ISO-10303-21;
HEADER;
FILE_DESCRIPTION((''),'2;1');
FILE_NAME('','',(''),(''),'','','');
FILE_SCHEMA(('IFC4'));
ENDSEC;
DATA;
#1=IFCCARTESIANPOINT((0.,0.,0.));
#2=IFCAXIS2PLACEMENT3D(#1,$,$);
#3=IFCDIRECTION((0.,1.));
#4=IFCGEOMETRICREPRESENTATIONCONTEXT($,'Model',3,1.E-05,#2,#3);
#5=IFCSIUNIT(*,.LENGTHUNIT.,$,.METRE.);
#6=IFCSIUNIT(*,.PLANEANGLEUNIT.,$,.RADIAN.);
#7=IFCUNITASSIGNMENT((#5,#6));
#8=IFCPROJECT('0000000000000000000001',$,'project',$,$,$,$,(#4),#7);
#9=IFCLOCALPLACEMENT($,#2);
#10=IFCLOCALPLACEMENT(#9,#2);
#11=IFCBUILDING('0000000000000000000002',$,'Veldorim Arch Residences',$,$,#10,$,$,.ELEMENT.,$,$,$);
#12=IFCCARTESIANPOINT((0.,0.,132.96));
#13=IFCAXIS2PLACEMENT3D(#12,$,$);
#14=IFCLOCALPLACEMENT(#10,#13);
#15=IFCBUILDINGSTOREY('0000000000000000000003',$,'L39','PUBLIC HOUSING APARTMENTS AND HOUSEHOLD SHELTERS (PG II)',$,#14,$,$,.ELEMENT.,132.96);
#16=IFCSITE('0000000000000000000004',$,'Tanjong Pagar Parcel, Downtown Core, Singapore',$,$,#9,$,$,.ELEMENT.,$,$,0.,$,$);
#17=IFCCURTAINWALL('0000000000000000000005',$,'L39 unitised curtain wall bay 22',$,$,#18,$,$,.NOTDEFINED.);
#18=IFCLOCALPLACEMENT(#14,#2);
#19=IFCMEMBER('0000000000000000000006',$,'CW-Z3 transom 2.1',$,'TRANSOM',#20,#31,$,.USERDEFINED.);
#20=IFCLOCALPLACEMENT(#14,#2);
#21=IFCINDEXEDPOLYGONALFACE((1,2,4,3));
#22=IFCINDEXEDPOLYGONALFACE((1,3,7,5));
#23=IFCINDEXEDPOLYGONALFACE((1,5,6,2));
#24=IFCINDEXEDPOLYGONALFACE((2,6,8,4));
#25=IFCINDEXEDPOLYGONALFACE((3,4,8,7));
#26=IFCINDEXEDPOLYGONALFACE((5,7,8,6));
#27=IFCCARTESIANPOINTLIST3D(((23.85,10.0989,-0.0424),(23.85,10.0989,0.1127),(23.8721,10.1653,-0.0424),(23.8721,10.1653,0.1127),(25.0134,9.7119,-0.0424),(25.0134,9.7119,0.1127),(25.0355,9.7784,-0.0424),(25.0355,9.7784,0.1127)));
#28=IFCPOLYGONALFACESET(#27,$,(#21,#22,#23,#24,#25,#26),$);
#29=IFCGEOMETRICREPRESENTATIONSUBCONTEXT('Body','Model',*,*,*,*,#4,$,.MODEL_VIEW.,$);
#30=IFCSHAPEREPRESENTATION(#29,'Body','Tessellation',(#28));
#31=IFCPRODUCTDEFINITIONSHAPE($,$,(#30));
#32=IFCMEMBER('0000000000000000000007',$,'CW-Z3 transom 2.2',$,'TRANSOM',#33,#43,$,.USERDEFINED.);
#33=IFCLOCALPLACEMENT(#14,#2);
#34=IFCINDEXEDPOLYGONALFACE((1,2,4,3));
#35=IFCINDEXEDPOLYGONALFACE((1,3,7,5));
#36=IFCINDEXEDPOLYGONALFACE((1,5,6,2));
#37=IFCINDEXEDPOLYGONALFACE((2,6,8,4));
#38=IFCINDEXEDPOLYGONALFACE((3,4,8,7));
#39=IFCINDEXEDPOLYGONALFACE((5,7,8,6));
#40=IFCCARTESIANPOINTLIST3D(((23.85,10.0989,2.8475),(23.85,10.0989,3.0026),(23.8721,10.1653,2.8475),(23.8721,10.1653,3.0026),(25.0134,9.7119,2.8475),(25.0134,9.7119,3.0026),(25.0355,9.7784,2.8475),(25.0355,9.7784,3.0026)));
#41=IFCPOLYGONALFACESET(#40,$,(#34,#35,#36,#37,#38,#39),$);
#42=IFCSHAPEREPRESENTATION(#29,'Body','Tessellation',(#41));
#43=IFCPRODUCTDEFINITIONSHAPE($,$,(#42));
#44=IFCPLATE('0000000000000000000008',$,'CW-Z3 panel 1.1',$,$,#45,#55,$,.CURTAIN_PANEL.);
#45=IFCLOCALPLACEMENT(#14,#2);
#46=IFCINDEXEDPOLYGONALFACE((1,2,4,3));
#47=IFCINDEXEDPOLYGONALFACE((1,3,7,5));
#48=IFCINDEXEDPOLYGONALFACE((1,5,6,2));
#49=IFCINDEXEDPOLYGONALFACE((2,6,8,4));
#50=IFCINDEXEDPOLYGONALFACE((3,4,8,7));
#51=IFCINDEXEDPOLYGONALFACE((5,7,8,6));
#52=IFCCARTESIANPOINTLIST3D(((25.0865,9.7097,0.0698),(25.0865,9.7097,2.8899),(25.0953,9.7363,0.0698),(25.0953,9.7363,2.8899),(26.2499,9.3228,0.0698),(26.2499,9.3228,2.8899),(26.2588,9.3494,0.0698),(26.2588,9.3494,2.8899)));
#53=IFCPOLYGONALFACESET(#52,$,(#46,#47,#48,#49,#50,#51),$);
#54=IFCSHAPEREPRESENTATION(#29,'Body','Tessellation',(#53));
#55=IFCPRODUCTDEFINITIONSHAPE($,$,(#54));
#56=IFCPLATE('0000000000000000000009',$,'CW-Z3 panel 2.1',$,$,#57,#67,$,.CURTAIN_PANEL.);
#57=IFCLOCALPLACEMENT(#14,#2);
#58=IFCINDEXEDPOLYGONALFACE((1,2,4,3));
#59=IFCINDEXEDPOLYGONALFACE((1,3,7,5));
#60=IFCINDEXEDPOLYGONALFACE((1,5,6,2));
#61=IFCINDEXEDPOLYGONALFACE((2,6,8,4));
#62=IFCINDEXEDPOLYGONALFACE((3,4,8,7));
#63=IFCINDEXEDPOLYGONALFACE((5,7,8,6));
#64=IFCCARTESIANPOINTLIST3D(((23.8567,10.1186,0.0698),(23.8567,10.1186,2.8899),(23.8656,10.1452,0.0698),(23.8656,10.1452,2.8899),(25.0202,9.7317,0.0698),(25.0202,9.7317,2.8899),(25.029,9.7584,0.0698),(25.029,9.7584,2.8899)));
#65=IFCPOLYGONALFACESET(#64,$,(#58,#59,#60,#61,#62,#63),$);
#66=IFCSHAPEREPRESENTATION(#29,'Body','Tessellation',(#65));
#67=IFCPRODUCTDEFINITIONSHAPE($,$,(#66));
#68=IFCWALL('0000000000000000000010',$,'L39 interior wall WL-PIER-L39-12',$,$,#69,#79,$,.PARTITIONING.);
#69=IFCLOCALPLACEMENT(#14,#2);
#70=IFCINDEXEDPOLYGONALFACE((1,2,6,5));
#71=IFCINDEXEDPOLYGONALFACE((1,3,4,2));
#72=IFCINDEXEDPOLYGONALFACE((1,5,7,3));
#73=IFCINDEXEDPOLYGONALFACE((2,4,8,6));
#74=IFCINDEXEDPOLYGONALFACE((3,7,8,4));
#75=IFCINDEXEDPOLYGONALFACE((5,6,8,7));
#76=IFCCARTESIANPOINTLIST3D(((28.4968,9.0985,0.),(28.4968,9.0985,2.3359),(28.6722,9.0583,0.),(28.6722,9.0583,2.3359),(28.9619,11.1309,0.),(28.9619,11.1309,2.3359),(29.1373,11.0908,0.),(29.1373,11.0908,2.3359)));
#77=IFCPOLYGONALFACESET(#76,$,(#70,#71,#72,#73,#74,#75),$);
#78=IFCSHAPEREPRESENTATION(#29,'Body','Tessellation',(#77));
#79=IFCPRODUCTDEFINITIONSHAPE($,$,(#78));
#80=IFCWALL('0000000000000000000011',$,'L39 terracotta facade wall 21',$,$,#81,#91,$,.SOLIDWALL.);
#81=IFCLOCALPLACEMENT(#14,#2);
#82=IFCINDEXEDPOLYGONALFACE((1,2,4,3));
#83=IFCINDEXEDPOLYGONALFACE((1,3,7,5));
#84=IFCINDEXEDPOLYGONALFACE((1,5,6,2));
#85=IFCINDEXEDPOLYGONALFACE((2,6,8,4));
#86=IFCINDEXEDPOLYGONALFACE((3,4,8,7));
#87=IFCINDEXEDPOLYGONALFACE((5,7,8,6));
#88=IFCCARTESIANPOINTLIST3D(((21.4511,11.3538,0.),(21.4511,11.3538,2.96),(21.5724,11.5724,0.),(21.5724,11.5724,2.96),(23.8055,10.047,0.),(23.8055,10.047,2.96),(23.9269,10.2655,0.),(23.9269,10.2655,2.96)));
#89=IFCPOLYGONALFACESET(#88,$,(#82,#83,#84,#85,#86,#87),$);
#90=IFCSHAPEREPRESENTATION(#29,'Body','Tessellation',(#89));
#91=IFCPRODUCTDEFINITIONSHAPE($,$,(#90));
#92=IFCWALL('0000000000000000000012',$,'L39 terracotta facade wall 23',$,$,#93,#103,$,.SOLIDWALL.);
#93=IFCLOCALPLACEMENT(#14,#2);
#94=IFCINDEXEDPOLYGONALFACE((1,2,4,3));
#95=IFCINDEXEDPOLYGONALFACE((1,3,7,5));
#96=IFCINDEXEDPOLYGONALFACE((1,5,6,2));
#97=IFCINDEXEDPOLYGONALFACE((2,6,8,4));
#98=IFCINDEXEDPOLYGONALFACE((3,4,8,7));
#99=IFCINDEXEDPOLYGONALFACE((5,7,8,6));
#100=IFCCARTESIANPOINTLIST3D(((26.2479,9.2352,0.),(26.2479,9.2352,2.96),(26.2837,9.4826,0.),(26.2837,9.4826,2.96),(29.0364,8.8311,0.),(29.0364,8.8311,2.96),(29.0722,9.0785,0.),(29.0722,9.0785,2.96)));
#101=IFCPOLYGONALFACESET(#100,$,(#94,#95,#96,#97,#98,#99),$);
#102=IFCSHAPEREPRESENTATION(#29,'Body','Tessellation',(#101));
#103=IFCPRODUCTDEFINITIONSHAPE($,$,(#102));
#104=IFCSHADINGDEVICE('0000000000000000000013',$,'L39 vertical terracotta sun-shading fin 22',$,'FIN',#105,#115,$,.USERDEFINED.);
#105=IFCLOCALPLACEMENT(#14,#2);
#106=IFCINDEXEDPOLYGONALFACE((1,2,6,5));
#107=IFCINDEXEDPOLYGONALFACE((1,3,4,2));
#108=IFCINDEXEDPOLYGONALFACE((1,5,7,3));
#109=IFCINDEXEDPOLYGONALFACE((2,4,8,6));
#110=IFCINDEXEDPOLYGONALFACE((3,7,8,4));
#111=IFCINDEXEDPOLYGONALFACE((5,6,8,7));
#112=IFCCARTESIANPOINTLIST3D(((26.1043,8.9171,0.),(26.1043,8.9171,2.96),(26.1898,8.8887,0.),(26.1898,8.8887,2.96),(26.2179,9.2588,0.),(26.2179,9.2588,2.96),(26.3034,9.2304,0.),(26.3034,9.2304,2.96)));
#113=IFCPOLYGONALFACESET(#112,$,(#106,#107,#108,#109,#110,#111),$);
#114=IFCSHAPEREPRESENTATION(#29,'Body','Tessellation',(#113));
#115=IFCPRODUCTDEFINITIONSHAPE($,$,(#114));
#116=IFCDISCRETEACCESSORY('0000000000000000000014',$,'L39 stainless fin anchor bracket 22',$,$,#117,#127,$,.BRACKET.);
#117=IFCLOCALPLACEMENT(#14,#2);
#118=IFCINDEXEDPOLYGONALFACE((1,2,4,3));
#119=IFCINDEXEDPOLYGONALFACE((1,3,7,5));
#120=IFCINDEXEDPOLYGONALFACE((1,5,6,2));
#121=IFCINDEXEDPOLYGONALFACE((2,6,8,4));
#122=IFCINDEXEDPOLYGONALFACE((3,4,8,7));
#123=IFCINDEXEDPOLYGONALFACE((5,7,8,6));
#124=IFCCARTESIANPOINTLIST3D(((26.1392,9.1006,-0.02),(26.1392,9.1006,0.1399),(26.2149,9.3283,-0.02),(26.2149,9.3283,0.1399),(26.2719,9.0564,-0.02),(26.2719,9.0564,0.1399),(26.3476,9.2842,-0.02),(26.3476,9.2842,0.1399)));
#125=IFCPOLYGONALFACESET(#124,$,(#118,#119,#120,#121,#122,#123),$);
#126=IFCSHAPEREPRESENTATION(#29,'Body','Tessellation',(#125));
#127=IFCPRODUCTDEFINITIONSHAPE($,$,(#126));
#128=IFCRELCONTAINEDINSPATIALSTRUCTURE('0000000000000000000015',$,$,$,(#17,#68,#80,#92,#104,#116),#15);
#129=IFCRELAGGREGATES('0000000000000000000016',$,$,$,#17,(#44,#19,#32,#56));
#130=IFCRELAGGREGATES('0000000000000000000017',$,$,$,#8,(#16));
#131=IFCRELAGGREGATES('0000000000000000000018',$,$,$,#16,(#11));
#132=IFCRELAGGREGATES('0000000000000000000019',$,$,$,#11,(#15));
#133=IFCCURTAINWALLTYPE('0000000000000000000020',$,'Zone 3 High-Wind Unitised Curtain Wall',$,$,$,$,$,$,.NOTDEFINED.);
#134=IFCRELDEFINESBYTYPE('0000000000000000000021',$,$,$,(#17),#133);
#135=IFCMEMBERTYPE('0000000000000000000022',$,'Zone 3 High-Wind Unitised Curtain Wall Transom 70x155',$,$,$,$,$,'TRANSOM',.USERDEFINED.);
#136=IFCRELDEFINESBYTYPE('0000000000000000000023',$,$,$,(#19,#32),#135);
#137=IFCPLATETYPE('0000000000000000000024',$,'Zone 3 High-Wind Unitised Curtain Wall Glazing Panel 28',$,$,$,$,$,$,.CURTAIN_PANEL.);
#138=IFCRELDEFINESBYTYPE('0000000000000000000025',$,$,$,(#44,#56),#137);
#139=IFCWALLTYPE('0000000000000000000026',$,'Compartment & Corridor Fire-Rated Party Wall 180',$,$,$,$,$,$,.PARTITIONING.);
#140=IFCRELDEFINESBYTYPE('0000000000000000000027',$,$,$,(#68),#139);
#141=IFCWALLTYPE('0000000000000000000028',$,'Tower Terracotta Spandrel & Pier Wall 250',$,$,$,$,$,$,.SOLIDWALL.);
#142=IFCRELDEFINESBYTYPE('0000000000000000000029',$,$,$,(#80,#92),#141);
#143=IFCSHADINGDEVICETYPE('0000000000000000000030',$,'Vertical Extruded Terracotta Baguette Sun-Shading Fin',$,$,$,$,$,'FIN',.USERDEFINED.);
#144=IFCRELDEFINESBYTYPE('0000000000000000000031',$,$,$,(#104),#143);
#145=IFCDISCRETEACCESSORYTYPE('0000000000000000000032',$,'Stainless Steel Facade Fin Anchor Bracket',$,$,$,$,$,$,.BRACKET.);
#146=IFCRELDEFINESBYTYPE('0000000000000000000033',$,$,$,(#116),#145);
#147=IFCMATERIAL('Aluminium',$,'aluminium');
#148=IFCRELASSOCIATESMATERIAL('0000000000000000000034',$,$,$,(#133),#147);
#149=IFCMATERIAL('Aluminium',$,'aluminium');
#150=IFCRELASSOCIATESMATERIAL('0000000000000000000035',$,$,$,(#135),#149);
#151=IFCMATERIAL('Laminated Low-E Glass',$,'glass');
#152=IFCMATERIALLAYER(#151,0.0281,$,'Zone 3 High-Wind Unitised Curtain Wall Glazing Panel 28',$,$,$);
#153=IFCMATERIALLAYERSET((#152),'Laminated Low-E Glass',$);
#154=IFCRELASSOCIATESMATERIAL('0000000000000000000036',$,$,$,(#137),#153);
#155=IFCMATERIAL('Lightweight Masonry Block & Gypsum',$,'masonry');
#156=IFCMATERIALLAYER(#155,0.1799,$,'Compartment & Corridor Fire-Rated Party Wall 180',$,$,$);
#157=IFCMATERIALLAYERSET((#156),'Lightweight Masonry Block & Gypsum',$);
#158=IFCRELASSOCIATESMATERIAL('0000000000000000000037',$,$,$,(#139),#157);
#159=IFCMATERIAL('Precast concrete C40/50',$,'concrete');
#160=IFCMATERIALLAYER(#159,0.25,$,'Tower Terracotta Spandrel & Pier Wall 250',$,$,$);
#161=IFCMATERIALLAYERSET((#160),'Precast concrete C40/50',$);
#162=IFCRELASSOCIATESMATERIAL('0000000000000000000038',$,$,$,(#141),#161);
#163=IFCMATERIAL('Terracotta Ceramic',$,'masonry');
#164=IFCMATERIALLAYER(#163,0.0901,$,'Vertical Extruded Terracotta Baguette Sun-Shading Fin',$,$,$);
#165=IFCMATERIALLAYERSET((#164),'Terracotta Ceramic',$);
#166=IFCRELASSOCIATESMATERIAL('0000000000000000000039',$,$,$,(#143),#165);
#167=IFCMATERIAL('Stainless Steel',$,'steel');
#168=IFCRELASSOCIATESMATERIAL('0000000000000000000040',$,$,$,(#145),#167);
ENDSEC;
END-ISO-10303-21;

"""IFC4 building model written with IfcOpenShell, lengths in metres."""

from ifc_helpers import new_model, si_unit, direction, frame, frame_2d, origin, origin_2d, place, context, subcontext, project, spatial, rectangle, extrude, material, layer, layer_set, material_profile, profile_set, type_object, element, aggregate, save


model = new_model("IFC4")

# Units and contexts
model_context = context("Model", 3, precision=1e-05, world=origin(), true_north=direction((0.0, 1.0)))
body_context = subcontext(model_context, "Body", "Model", "MODEL_VIEW")
ifc_project = project(units=[si_unit("LENGTHUNIT", "METRE"), si_unit("PLANEANGLEUNIT", "RADIAN")], contexts=[model_context])

# Site, building, storey
site_placement = place(None, origin())
site = spatial("IfcSite", under=ifc_project, at=site_placement, Name="Tanjong Pagar Parcel, Downtown Core, Singapore", CompositionType="ELEMENT", RefElevation=0.0)
building_placement = place(site_placement, origin())
building = spatial("IfcBuilding", under=site, at=building_placement, Name="Veldorim Arch Residences", CompositionType="ELEMENT")
storey_placement = place(building_placement, frame((0.0, 0.0, 132.96)))
storey = spatial("IfcBuildingStorey", under=building, at=storey_placement, Name="L39", Description="PUBLIC HOUSING APARTMENTS AND HOUSEHOLD SHELTERS (PG II)", CompositionType="ELEMENT", Elevation=132.96)

# Curtain wall, members, plates
ifc_material_1 = material(Name="Aluminium", Category="aluminium")
curtain_wall_type = type_object("IfcCurtainWallType", Name="Zone 3 High-Wind Unitised Curtain Wall", PredefinedType="NOTDEFINED", material=ifc_material_1)
curtain_wall_placement = place(storey_placement, origin())
curtain_wall = element("IfcCurtainWall", 1, at=curtain_wall_placement, inside=storey, type_object=curtain_wall_type, Name="L39 unitised curtain wall bay 22", PredefinedType="NOTDEFINED")
ifc_material_2 = material(Name="Aluminium", Category="aluminium")
ifc_material_profile_1 = material_profile(ifc_material_2, rectangle(XDim=0.0701, YDim=0.155, at=origin_2d()), Name="ALU_TRN_70x155")
ifc_profile_set_1 = profile_set([ifc_material_profile_1], Name="Aluminium")
member_type_1 = type_object("IfcMemberType", Name="Zone 3 High-Wind Unitised Curtain Wall Transom 70x155", ElementType="TRANSOM", PredefinedType="USERDEFINED", material=ifc_profile_set_1)
member_1_placement = place(storey_placement, frame((25.0244, 9.7451, 0.0352), z_axis=(-0.948882, 0.31563, 0.0), x_axis=(-0.31563, -0.948882, 0.0)))
member_1 = element("IfcMember", 2, at=member_1_placement, type_object=member_type_1, Name="CW-Z3 transom 2.1", ObjectType="TRANSOM", PredefinedType="USERDEFINED", context=body_context, shape_type="SweptSolid", body=[
    extrude(rectangle(XDim=0.0701, YDim=0.155, at=origin_2d()), origin(), (0.0, 0.0, 1.0), 1.2261),
])
member_2_placement = place(storey_placement, frame((25.0244, 9.7451, 2.925), z_axis=(-0.948882, 0.31563, 0.0), x_axis=(-0.31563, -0.948882, 0.0)))
member_2 = element("IfcMember", 3, at=member_2_placement, type_object=member_type_1, Name="CW-Z3 transom 2.2", ObjectType="TRANSOM", PredefinedType="USERDEFINED", context=body_context, shape_type="SweptSolid", body=[
    extrude(rectangle(XDim=0.0701, YDim=0.155, at=origin_2d()), origin(), (0.0, 0.0, 1.0), 1.2261),
])
ifc_material_3 = material(Name="Laminated Low-E Glass", Category="glass")
ifc_layer_1 = layer(ifc_material_3, 0.0281, Name="Zone 3 High-Wind Unitised Curtain Wall Glazing Panel 28")
ifc_layer_set_1 = layer_set([ifc_layer_1], Name="Laminated Low-E Glass")
plate_type = type_object("IfcPlateType", Name="Zone 3 High-Wind Unitised Curtain Wall Glazing Panel 28", PredefinedType="CURTAIN_PANEL", material=ifc_layer_set_1)
plate_1_placement = place(storey_placement, frame((25.6726, 9.5295, 0.0698), z_axis=(0.0, 0.0, 1.0), x_axis=(-0.948908, 0.315552, 0.0)))
plate_1 = element("IfcPlate", 4, at=plate_1_placement, type_object=plate_type, Name="CW-Z3 panel 1.1", PredefinedType="CURTAIN_PANEL", context=body_context, shape_type="SweptSolid", body=[
    extrude(rectangle(XDim=1.2261, YDim=0.0281, at=origin_2d()), origin(), (0.0, 0.0, 1.0), 2.8201),
])
plate_2_placement = place(storey_placement, frame((24.4429, 9.9385, 0.0698), z_axis=(0.0, 0.0, 1.0), x_axis=(-0.948908, 0.315552, 0.0)))
plate_2 = element("IfcPlate", 5, at=plate_2_placement, type_object=plate_type, Name="CW-Z3 panel 2.1", PredefinedType="CURTAIN_PANEL", context=body_context, shape_type="SweptSolid", body=[
    extrude(rectangle(XDim=1.2261, YDim=0.0281, at=origin_2d()), origin(), (0.0, 0.0, 1.0), 2.8201),
])
aggregate(curtain_wall, [plate_1, member_1, member_2, plate_2])

# Walls
ifc_material_4 = material(Name="Lightweight Masonry Block & Gypsum", Category="masonry")
ifc_layer_2 = layer(ifc_material_4, 0.1799, Name="Compartment & Corridor Fire-Rated Party Wall 180")
ifc_layer_set_2 = layer_set([ifc_layer_2], Name="Lightweight Masonry Block & Gypsum")
wall_type_1 = type_object("IfcWallType", Name="Compartment & Corridor Fire-Rated Party Wall 180", PredefinedType="PARTITIONING", material=ifc_layer_set_2)
wall_1_placement = place(storey_placement, frame((29.0496, 11.1108, 0.0), z_axis=(0.0, 0.0, 1.0), x_axis=(-0.223063, -0.974804, 0.0)))
element("IfcWall", 6, at=wall_1_placement, inside=storey, type_object=wall_type_1, Name="L39 interior wall WL-PIER-L39-12", PredefinedType="PARTITIONING", context=body_context, shape_type="SweptSolid", body=[
    extrude(rectangle(XDim=2.085, YDim=0.1799, at=frame_2d((1.0425, 0.0))), origin(), (0.0, 0.0, 1.0), 2.3359),
])
ifc_material_5 = material(Name="Precast concrete C40/50", Category="concrete")
ifc_layer_3 = layer(ifc_material_5, 0.25, Name="Tower Terracotta Spandrel & Pier Wall 250")
ifc_layer_set_3 = layer_set([ifc_layer_3], Name="Precast concrete C40/50")
wall_type_2 = type_object("IfcWallType", Name="Tower Terracotta Spandrel & Pier Wall 250", PredefinedType="SOLIDWALL", material=ifc_layer_set_3)
wall_2_placement = place(storey_placement, frame((23.8662, 10.1562, 0.0), z_axis=(0.0, 0.0, 1.0), x_axis=(-0.874341, 0.485312, 0.0)))
element("IfcWall", 7, at=wall_2_placement, inside=storey, type_object=wall_type_2, Name="L39 terracotta facade wall 21", PredefinedType="SOLIDWALL", context=body_context, shape_type="SweptSolid", body=[
    extrude(rectangle(XDim=2.6929, YDim=0.25, at=frame_2d((1.3464, 0.0))), origin(), (0.0, 0.0, 1.0), 2.96),
])
wall_3_placement = place(storey_placement, frame((29.0542, 8.9548, 0.0), z_axis=(0.0, 0.0, 1.0), x_axis=(-0.989665, 0.143398, 0.0)))
element("IfcWall", 8, at=wall_3_placement, inside=storey, type_object=wall_type_2, Name="L39 terracotta facade wall 23", PredefinedType="SOLIDWALL", context=body_context, shape_type="SweptSolid", body=[
    extrude(rectangle(XDim=2.8176, YDim=0.25, at=frame_2d((1.4087, 0.0))), origin(), (0.0, 0.0, 1.0), 2.96),
])

# Shading device
ifc_material_6 = material(Name="Terracotta Ceramic", Category="masonry")
ifc_layer_4 = layer(ifc_material_6, 0.0901, Name="Vertical Extruded Terracotta Baguette Sun-Shading Fin")
ifc_layer_set_4 = layer_set([ifc_layer_4], Name="Terracotta Ceramic")
shading_device_type = type_object("IfcShadingDeviceType", Name="Vertical Extruded Terracotta Baguette Sun-Shading Fin", ElementType="FIN", PredefinedType="USERDEFINED", material=ifc_layer_set_4)
shading_device_placement = place(storey_placement, frame((26.2039, 9.0737, 0.0), z_axis=(0.0, 0.0, 1.0), x_axis=(-0.948931, 0.315483, 0.0)))
element("IfcShadingDevice", 9, at=shading_device_placement, inside=storey, type_object=shading_device_type, Name="L39 vertical terracotta sun-shading fin 22", ObjectType="FIN", PredefinedType="USERDEFINED", context=body_context, shape_type="SweptSolid", body=[
    extrude(rectangle(XDim=0.0901, YDim=0.3601, at=origin_2d()), origin(), (0.0, 0.0, 1.0), 2.96),
])

# Discrete accessory
ifc_material_7 = material(Name="Stainless Steel", Category="steel")
discrete_accessory_type = type_object("IfcDiscreteAccessoryType", Name="Stainless Steel Facade Fin Anchor Bracket", PredefinedType="BRACKET", material=ifc_material_7)
discrete_accessory_placement = place(storey_placement, frame((26.2434, 9.1924, -0.02), z_axis=(0.0, 0.0, 1.0), x_axis=(-0.948931, 0.315483, 0.0)))
element("IfcDiscreteAccessory", 10, at=discrete_accessory_placement, inside=storey, type_object=discrete_accessory_type, Name="L39 stainless fin anchor bracket 22", PredefinedType="BRACKET", context=body_context, shape_type="SweptSolid", body=[
    extrude(rectangle(XDim=0.1399, YDim=0.24, at=origin_2d()), origin(), (0.0, 0.0, 1.0), 0.1599),
])

save(model, "model.ifc")
